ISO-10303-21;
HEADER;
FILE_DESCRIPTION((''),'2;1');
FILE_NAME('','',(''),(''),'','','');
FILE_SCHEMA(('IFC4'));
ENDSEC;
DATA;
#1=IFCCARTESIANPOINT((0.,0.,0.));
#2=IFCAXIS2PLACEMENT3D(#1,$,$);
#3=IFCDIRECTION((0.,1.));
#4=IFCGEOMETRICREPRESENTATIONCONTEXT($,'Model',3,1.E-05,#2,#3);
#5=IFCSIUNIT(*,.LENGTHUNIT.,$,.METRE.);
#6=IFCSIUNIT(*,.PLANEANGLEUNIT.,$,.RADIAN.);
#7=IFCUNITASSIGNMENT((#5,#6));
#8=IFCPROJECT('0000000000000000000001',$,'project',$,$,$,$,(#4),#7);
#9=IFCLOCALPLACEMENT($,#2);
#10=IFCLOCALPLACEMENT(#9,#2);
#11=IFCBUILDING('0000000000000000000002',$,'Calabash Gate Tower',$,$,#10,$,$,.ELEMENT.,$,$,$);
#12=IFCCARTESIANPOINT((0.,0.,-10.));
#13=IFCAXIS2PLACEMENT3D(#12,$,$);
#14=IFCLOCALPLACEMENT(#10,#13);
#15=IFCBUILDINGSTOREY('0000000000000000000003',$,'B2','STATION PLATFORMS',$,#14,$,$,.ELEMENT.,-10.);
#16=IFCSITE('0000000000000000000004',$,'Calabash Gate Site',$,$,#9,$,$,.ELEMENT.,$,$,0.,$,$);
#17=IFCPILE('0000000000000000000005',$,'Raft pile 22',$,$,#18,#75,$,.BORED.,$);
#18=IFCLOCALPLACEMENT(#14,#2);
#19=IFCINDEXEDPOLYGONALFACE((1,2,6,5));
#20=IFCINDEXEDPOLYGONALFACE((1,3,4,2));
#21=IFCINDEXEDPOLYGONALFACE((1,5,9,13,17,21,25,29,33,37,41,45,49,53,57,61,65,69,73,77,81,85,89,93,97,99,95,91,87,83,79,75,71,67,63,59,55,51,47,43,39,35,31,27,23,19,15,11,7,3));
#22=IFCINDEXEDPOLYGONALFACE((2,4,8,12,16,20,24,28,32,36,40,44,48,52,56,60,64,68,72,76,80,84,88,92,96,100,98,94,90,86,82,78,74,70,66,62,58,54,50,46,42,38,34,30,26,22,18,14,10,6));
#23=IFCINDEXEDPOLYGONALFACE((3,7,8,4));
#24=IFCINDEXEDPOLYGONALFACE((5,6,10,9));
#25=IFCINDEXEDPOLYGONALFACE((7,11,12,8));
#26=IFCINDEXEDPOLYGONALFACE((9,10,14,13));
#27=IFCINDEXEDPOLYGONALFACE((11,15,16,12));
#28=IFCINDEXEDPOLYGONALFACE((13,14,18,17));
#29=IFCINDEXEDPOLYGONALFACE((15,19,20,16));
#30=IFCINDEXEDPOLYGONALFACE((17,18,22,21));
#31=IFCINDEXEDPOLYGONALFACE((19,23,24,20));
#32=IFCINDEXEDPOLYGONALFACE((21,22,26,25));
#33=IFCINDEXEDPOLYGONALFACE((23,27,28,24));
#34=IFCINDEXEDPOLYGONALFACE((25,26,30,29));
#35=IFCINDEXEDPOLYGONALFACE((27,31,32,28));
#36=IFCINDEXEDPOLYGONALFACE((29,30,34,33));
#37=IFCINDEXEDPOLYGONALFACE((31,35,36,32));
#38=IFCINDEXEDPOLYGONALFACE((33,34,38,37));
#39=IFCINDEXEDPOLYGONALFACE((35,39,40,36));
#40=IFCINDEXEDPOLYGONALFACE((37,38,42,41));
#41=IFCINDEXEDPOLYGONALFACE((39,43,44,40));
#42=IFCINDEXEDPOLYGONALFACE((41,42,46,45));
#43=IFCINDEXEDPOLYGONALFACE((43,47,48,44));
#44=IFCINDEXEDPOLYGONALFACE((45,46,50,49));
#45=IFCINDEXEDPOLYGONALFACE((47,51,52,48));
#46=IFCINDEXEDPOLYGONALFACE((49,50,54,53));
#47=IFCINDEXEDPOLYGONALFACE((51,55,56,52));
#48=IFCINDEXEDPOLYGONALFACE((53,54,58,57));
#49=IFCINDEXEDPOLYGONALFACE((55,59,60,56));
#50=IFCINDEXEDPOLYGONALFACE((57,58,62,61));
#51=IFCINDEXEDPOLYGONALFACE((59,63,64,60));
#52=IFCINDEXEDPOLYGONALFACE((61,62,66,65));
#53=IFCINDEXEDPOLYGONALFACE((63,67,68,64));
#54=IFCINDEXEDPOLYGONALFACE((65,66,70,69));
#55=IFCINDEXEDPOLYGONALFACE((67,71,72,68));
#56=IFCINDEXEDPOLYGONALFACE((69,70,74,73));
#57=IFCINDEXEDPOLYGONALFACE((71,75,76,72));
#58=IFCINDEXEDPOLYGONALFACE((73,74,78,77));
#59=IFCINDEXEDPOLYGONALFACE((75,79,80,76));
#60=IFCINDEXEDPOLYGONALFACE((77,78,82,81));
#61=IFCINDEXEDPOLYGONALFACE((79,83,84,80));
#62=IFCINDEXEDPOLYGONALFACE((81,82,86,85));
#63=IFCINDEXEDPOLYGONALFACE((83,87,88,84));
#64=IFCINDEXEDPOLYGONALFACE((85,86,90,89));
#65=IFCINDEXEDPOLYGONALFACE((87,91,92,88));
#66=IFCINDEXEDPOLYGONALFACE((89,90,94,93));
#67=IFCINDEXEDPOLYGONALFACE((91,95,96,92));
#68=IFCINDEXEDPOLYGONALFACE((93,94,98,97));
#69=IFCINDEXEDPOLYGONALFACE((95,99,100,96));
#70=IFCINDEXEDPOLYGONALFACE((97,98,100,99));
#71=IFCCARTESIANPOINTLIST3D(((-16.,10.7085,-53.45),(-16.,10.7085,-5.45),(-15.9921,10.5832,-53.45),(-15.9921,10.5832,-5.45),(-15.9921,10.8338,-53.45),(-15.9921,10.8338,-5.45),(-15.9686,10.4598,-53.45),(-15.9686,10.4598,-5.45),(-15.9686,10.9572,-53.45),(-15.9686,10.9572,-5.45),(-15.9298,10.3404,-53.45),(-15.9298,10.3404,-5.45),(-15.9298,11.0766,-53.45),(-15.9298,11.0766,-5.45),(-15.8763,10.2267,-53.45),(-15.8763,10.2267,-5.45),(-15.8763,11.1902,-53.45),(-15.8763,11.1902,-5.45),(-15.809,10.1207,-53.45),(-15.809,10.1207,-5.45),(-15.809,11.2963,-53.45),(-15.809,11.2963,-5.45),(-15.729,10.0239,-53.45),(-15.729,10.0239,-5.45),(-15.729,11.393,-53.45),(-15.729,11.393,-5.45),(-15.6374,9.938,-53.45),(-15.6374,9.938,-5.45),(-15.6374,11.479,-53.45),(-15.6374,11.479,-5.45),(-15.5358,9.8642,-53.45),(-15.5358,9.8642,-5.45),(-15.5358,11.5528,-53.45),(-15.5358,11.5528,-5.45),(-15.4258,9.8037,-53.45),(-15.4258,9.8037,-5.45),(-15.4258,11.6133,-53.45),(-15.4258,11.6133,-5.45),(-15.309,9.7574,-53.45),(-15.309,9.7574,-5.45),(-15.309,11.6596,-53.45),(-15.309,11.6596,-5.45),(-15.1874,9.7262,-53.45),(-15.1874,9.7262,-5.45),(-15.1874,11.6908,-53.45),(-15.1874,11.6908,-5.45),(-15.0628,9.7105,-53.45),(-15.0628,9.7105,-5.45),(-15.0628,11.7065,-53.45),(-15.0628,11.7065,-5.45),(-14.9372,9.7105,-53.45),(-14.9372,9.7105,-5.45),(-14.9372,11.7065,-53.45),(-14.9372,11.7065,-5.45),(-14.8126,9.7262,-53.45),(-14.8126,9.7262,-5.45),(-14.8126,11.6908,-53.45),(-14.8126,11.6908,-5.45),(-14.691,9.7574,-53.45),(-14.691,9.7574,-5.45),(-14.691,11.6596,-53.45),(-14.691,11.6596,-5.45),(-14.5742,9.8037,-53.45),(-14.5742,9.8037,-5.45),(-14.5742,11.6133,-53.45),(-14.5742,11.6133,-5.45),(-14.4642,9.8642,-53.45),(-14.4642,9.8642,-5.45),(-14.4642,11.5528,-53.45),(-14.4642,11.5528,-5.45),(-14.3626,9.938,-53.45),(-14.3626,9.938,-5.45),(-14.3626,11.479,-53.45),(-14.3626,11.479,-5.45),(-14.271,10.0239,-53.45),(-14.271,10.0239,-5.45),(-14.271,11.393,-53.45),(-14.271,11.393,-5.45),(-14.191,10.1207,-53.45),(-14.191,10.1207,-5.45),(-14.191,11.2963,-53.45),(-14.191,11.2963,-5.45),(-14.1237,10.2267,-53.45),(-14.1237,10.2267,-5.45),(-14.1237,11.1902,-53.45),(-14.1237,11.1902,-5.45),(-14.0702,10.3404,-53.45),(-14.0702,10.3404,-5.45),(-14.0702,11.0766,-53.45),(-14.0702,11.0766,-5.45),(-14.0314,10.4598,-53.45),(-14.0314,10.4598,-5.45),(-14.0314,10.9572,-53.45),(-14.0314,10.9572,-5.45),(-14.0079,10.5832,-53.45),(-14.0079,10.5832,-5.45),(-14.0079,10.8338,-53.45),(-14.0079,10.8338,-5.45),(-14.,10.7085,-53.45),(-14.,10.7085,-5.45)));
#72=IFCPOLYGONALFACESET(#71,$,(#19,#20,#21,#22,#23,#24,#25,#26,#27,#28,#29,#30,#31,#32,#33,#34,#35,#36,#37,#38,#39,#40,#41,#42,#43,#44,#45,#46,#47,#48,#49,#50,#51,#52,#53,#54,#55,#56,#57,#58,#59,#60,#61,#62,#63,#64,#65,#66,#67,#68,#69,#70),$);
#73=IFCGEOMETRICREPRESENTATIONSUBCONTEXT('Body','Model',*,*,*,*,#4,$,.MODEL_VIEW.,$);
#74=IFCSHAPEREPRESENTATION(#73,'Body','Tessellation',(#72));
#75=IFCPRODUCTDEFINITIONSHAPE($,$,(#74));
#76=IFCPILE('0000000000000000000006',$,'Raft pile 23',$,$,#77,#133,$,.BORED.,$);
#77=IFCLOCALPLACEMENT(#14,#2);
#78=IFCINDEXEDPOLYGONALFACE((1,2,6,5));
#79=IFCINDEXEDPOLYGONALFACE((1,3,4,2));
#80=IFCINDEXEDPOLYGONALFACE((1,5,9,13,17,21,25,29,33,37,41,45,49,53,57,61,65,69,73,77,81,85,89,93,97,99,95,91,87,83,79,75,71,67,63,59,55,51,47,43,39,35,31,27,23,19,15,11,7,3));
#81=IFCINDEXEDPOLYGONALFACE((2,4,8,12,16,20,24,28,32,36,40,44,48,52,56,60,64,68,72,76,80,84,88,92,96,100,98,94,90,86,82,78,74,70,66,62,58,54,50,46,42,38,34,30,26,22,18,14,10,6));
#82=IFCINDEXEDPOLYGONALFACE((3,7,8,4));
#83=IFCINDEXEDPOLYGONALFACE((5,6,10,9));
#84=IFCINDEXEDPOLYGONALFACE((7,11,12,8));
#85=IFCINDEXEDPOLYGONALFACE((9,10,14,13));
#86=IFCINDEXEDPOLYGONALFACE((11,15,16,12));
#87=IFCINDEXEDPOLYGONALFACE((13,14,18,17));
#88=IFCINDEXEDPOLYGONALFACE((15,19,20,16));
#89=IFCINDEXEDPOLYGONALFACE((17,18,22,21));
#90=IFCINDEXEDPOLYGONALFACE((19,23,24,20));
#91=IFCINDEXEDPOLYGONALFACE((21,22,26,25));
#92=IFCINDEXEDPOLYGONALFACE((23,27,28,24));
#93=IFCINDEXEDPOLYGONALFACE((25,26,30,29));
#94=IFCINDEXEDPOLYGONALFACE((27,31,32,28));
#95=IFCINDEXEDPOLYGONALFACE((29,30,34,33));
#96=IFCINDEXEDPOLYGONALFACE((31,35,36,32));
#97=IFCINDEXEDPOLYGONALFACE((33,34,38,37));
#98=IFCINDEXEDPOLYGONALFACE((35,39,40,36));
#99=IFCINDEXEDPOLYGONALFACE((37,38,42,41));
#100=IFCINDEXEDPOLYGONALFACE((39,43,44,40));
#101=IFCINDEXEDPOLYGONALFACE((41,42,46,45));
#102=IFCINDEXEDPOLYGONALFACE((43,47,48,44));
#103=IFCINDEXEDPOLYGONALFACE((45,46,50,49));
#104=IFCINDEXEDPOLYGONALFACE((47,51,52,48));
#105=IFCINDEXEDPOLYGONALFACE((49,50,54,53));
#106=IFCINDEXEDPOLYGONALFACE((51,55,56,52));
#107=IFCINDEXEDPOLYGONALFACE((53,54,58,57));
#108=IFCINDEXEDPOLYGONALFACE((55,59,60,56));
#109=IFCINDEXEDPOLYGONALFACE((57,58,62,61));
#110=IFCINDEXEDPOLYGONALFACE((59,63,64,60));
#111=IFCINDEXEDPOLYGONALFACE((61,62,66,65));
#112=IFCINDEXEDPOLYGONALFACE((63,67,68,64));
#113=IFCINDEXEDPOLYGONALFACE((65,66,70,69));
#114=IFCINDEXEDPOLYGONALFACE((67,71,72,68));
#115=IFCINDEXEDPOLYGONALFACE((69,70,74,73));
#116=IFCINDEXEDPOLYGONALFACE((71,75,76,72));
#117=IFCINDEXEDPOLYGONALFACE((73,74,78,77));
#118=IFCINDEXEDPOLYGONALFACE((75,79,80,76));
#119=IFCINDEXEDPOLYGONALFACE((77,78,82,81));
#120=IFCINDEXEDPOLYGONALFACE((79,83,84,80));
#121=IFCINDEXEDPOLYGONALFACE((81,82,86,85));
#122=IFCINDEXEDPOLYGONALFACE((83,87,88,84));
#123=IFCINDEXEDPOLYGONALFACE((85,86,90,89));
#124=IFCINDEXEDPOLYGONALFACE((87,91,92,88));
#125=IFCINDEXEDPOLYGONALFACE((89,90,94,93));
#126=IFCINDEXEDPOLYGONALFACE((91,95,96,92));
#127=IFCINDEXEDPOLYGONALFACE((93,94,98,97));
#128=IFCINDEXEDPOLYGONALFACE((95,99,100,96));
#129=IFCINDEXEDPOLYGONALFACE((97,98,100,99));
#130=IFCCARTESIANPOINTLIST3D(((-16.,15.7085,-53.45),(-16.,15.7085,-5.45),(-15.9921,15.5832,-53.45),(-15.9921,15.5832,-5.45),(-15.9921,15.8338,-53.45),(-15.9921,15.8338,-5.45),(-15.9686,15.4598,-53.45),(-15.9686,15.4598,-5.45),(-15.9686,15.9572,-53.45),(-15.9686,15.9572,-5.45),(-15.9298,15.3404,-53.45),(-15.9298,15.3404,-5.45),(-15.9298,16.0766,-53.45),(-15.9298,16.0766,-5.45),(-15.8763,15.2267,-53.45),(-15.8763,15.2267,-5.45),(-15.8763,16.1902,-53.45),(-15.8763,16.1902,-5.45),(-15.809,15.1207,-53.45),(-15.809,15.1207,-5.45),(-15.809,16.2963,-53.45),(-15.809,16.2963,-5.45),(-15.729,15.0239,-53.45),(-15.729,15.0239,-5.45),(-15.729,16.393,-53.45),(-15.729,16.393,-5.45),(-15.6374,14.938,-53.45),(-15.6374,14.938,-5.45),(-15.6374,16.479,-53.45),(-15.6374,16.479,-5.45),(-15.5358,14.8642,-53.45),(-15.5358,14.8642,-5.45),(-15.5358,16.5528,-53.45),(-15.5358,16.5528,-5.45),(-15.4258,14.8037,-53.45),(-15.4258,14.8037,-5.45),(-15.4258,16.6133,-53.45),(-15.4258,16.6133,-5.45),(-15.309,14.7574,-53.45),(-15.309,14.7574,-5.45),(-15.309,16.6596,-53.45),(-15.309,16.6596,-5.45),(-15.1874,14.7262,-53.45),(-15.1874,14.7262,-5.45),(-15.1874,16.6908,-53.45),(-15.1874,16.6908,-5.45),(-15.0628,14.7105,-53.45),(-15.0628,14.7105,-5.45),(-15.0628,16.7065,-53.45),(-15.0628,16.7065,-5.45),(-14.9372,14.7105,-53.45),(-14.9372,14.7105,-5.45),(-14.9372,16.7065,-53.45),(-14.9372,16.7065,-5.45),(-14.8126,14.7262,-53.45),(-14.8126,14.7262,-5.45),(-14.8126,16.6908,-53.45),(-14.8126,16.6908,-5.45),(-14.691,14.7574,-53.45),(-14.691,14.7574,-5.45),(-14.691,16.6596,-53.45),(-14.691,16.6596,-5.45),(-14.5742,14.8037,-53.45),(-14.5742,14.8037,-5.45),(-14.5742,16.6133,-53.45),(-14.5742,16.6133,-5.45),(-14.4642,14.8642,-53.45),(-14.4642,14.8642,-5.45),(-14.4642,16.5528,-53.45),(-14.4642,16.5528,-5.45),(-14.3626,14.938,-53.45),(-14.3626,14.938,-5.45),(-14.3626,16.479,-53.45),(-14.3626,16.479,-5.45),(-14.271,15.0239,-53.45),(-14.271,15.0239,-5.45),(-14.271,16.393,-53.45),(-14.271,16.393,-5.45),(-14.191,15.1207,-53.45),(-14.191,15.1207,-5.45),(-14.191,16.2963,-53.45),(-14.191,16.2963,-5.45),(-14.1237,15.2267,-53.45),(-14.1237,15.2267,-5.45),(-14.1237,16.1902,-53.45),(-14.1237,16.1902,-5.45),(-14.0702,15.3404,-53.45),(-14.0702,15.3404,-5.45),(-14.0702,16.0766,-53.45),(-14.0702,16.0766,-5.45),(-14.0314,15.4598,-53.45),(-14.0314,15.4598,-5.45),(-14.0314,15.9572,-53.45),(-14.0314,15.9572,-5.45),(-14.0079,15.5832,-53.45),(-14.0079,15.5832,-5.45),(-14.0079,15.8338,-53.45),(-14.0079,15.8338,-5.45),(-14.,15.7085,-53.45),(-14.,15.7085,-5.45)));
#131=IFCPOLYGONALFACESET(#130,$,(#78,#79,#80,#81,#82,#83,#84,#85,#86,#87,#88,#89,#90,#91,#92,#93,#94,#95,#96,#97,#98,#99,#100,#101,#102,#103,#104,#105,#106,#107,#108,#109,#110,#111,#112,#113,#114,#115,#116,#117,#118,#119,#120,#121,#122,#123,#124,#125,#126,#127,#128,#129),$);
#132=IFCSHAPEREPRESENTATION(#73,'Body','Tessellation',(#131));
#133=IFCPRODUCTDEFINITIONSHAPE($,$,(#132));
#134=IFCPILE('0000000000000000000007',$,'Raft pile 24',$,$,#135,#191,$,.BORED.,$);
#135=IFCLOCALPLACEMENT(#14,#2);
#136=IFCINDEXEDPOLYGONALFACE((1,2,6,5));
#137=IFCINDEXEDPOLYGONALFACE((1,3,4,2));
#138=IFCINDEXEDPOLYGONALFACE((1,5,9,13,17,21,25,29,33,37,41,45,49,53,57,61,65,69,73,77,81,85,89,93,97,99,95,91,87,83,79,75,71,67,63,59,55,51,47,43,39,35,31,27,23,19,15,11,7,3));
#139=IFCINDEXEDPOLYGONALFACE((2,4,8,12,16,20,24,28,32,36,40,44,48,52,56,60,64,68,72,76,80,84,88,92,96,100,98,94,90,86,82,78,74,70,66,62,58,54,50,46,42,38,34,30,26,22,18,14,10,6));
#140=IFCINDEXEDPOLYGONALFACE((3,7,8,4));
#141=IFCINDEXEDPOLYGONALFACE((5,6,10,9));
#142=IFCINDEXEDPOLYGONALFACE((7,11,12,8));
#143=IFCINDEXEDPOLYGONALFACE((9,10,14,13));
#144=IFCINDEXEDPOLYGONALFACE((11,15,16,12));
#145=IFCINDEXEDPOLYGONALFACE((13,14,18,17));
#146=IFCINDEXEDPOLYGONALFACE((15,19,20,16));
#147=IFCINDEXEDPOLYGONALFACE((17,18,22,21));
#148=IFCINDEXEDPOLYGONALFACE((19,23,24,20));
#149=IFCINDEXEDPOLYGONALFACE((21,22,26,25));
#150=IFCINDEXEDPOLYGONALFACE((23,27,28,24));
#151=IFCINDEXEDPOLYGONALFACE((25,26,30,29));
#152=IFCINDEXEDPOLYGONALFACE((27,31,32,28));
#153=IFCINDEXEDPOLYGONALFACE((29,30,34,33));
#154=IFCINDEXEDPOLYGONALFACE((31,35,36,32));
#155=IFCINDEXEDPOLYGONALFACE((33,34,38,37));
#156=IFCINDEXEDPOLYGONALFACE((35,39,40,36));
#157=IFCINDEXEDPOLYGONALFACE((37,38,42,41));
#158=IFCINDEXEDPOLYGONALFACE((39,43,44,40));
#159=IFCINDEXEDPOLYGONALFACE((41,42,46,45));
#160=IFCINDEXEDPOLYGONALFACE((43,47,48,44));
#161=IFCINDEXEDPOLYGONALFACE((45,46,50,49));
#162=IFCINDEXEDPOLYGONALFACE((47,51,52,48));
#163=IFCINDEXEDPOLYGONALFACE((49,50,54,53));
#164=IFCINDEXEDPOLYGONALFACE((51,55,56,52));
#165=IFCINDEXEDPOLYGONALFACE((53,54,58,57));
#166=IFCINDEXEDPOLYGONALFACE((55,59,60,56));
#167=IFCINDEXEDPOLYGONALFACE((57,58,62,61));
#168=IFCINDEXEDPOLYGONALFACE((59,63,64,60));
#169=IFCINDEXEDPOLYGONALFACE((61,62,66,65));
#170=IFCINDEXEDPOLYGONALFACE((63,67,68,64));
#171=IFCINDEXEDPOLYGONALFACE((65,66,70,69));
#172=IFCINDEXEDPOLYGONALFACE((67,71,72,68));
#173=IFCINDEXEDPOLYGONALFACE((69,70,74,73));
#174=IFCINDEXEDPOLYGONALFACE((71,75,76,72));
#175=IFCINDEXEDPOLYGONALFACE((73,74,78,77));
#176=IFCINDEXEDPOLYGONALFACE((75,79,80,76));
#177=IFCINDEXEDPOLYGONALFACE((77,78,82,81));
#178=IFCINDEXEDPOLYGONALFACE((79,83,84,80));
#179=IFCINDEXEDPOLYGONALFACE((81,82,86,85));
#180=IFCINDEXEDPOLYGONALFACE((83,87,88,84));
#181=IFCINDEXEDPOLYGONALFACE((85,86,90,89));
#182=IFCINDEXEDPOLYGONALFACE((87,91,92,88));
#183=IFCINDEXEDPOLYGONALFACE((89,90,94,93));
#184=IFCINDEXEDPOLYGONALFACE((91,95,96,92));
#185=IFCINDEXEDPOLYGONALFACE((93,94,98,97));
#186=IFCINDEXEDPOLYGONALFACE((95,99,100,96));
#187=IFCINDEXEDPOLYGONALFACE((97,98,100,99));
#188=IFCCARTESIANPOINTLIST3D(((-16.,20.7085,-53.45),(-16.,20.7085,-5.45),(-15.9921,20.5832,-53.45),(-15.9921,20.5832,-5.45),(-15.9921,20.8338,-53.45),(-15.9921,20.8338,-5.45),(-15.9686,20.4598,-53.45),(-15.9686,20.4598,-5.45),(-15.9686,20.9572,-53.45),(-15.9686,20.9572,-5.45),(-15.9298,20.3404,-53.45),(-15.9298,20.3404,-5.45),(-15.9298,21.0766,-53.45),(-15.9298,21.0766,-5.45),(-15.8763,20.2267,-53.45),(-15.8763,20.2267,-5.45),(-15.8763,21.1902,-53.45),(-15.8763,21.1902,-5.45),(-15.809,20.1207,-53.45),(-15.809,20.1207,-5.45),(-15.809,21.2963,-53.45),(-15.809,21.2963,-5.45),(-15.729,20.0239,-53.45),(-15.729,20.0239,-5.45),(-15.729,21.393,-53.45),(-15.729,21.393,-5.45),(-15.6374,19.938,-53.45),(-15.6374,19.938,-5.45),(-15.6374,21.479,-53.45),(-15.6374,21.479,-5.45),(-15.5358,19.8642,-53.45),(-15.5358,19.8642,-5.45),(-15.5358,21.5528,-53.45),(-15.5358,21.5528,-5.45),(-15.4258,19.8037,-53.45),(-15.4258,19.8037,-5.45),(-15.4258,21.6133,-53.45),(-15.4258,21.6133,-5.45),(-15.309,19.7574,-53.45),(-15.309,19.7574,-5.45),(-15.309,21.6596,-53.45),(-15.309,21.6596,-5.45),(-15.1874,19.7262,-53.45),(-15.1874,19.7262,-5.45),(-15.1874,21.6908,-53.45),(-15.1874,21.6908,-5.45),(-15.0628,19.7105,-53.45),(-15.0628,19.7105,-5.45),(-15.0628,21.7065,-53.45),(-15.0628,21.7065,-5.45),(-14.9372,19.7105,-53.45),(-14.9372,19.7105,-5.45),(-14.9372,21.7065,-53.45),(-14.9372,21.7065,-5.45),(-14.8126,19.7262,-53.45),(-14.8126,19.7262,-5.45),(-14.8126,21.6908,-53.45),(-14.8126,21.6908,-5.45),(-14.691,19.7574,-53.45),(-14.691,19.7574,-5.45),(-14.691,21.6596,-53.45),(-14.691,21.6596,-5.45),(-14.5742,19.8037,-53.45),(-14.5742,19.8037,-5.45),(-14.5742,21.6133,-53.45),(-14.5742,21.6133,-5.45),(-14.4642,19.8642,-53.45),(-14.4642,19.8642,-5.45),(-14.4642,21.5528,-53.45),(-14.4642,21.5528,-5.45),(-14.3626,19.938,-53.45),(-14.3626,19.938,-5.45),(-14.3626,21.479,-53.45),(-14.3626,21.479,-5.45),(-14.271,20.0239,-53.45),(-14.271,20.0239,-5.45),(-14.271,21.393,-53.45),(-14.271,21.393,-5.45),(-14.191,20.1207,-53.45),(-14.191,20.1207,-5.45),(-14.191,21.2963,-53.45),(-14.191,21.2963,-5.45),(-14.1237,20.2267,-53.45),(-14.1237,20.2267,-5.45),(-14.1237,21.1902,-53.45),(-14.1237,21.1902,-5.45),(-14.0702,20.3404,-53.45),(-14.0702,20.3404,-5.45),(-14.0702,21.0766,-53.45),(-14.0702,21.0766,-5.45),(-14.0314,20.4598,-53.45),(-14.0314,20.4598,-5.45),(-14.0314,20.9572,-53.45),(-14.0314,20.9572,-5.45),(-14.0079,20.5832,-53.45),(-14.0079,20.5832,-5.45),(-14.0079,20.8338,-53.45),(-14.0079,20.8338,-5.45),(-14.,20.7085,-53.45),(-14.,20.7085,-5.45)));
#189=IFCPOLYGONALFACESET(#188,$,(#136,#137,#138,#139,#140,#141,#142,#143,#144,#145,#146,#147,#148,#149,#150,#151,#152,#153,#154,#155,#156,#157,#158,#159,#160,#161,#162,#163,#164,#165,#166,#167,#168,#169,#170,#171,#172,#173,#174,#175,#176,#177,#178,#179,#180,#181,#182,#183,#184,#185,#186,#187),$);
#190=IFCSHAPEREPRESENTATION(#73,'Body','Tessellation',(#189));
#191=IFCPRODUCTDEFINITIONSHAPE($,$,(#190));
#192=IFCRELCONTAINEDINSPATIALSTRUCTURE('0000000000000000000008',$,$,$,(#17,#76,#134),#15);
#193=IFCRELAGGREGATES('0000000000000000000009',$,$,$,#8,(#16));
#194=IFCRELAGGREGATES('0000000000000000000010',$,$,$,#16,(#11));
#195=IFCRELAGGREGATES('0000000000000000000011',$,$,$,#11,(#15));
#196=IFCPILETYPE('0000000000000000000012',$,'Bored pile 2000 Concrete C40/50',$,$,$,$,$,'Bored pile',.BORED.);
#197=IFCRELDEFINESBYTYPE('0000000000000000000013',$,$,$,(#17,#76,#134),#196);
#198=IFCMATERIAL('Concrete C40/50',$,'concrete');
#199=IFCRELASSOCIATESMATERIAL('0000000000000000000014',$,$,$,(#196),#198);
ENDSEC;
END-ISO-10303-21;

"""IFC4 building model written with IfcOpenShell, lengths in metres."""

from ifc_helpers import new_model, si_unit, direction, frame, origin, origin_2d, place, context, subcontext, project, spatial, circle, extrude, material, material_profile, profile_set, type_object, element, save


model = new_model("IFC4")

# Units and contexts
model_context = context("Model", 3, precision=1e-05, world=origin(), true_north=direction((0.0, 1.0)))
body_context = subcontext(model_context, "Body", "Model", "MODEL_VIEW")
ifc_project = project(units=[si_unit("LENGTHUNIT", "METRE"), si_unit("PLANEANGLEUNIT", "RADIAN")], contexts=[model_context])

# Site, building, storey
site_placement = place(None, origin())
site = spatial("IfcSite", under=ifc_project, at=site_placement, Name="Calabash Gate Site", CompositionType="ELEMENT", RefElevation=0.0)
building_placement = place(site_placement, origin())
building = spatial("IfcBuilding", under=site, at=building_placement, Name="Calabash Gate Tower", CompositionType="ELEMENT")
storey_placement = place(building_placement, frame((0.0, 0.0, -10.0)))
storey = spatial("IfcBuildingStorey", under=building, at=storey_placement, Name="B2", Description="STATION PLATFORMS", CompositionType="ELEMENT", Elevation=-10.0)

# Piles
ifc_material_1 = material(Name="Concrete C40/50", Category="concrete")
ifc_material_profile_1 = material_profile(ifc_material_1, circle(Radius=1.0, at=origin_2d()))
ifc_profile_set_1 = profile_set([ifc_material_profile_1], Name="Concrete C40/50")
pile_type = type_object("IfcPileType", Name="Bored pile 2000 Concrete C40/50", ElementType="Bored pile", PredefinedType="BORED", material=ifc_profile_set_1)
for number, where, z_axis, x_axis, name in (
    (1, (-15.0, 10.7085, -5.45), (0.0, 0.0, -1.0), (1.0, 0.0, 0.0), "Raft pile 22"),
    (2, (-15.0, 15.7085, -5.45), (0.0, 0.0, -1.0), (1.0, 0.0, 0.0), "Raft pile 23"),
    (3, (-15.0, 20.7085, -5.45), (0.0, 0.0, -1.0), (1.0, 0.0, 0.0), "Raft pile 24"),
):
    element("IfcPile", number, at=place(storey_placement, frame(where, z_axis=z_axis, x_axis=x_axis)), inside=storey, type_object=pile_type, Name=name, PredefinedType="BORED", context=body_context, shape_type="SweptSolid", body=[
        extrude(circle(Radius=1.0, at=origin_2d()), origin(), (0.0, 0.0, 1.0), 48.0),
    ])

save(model, "model.ifc")
